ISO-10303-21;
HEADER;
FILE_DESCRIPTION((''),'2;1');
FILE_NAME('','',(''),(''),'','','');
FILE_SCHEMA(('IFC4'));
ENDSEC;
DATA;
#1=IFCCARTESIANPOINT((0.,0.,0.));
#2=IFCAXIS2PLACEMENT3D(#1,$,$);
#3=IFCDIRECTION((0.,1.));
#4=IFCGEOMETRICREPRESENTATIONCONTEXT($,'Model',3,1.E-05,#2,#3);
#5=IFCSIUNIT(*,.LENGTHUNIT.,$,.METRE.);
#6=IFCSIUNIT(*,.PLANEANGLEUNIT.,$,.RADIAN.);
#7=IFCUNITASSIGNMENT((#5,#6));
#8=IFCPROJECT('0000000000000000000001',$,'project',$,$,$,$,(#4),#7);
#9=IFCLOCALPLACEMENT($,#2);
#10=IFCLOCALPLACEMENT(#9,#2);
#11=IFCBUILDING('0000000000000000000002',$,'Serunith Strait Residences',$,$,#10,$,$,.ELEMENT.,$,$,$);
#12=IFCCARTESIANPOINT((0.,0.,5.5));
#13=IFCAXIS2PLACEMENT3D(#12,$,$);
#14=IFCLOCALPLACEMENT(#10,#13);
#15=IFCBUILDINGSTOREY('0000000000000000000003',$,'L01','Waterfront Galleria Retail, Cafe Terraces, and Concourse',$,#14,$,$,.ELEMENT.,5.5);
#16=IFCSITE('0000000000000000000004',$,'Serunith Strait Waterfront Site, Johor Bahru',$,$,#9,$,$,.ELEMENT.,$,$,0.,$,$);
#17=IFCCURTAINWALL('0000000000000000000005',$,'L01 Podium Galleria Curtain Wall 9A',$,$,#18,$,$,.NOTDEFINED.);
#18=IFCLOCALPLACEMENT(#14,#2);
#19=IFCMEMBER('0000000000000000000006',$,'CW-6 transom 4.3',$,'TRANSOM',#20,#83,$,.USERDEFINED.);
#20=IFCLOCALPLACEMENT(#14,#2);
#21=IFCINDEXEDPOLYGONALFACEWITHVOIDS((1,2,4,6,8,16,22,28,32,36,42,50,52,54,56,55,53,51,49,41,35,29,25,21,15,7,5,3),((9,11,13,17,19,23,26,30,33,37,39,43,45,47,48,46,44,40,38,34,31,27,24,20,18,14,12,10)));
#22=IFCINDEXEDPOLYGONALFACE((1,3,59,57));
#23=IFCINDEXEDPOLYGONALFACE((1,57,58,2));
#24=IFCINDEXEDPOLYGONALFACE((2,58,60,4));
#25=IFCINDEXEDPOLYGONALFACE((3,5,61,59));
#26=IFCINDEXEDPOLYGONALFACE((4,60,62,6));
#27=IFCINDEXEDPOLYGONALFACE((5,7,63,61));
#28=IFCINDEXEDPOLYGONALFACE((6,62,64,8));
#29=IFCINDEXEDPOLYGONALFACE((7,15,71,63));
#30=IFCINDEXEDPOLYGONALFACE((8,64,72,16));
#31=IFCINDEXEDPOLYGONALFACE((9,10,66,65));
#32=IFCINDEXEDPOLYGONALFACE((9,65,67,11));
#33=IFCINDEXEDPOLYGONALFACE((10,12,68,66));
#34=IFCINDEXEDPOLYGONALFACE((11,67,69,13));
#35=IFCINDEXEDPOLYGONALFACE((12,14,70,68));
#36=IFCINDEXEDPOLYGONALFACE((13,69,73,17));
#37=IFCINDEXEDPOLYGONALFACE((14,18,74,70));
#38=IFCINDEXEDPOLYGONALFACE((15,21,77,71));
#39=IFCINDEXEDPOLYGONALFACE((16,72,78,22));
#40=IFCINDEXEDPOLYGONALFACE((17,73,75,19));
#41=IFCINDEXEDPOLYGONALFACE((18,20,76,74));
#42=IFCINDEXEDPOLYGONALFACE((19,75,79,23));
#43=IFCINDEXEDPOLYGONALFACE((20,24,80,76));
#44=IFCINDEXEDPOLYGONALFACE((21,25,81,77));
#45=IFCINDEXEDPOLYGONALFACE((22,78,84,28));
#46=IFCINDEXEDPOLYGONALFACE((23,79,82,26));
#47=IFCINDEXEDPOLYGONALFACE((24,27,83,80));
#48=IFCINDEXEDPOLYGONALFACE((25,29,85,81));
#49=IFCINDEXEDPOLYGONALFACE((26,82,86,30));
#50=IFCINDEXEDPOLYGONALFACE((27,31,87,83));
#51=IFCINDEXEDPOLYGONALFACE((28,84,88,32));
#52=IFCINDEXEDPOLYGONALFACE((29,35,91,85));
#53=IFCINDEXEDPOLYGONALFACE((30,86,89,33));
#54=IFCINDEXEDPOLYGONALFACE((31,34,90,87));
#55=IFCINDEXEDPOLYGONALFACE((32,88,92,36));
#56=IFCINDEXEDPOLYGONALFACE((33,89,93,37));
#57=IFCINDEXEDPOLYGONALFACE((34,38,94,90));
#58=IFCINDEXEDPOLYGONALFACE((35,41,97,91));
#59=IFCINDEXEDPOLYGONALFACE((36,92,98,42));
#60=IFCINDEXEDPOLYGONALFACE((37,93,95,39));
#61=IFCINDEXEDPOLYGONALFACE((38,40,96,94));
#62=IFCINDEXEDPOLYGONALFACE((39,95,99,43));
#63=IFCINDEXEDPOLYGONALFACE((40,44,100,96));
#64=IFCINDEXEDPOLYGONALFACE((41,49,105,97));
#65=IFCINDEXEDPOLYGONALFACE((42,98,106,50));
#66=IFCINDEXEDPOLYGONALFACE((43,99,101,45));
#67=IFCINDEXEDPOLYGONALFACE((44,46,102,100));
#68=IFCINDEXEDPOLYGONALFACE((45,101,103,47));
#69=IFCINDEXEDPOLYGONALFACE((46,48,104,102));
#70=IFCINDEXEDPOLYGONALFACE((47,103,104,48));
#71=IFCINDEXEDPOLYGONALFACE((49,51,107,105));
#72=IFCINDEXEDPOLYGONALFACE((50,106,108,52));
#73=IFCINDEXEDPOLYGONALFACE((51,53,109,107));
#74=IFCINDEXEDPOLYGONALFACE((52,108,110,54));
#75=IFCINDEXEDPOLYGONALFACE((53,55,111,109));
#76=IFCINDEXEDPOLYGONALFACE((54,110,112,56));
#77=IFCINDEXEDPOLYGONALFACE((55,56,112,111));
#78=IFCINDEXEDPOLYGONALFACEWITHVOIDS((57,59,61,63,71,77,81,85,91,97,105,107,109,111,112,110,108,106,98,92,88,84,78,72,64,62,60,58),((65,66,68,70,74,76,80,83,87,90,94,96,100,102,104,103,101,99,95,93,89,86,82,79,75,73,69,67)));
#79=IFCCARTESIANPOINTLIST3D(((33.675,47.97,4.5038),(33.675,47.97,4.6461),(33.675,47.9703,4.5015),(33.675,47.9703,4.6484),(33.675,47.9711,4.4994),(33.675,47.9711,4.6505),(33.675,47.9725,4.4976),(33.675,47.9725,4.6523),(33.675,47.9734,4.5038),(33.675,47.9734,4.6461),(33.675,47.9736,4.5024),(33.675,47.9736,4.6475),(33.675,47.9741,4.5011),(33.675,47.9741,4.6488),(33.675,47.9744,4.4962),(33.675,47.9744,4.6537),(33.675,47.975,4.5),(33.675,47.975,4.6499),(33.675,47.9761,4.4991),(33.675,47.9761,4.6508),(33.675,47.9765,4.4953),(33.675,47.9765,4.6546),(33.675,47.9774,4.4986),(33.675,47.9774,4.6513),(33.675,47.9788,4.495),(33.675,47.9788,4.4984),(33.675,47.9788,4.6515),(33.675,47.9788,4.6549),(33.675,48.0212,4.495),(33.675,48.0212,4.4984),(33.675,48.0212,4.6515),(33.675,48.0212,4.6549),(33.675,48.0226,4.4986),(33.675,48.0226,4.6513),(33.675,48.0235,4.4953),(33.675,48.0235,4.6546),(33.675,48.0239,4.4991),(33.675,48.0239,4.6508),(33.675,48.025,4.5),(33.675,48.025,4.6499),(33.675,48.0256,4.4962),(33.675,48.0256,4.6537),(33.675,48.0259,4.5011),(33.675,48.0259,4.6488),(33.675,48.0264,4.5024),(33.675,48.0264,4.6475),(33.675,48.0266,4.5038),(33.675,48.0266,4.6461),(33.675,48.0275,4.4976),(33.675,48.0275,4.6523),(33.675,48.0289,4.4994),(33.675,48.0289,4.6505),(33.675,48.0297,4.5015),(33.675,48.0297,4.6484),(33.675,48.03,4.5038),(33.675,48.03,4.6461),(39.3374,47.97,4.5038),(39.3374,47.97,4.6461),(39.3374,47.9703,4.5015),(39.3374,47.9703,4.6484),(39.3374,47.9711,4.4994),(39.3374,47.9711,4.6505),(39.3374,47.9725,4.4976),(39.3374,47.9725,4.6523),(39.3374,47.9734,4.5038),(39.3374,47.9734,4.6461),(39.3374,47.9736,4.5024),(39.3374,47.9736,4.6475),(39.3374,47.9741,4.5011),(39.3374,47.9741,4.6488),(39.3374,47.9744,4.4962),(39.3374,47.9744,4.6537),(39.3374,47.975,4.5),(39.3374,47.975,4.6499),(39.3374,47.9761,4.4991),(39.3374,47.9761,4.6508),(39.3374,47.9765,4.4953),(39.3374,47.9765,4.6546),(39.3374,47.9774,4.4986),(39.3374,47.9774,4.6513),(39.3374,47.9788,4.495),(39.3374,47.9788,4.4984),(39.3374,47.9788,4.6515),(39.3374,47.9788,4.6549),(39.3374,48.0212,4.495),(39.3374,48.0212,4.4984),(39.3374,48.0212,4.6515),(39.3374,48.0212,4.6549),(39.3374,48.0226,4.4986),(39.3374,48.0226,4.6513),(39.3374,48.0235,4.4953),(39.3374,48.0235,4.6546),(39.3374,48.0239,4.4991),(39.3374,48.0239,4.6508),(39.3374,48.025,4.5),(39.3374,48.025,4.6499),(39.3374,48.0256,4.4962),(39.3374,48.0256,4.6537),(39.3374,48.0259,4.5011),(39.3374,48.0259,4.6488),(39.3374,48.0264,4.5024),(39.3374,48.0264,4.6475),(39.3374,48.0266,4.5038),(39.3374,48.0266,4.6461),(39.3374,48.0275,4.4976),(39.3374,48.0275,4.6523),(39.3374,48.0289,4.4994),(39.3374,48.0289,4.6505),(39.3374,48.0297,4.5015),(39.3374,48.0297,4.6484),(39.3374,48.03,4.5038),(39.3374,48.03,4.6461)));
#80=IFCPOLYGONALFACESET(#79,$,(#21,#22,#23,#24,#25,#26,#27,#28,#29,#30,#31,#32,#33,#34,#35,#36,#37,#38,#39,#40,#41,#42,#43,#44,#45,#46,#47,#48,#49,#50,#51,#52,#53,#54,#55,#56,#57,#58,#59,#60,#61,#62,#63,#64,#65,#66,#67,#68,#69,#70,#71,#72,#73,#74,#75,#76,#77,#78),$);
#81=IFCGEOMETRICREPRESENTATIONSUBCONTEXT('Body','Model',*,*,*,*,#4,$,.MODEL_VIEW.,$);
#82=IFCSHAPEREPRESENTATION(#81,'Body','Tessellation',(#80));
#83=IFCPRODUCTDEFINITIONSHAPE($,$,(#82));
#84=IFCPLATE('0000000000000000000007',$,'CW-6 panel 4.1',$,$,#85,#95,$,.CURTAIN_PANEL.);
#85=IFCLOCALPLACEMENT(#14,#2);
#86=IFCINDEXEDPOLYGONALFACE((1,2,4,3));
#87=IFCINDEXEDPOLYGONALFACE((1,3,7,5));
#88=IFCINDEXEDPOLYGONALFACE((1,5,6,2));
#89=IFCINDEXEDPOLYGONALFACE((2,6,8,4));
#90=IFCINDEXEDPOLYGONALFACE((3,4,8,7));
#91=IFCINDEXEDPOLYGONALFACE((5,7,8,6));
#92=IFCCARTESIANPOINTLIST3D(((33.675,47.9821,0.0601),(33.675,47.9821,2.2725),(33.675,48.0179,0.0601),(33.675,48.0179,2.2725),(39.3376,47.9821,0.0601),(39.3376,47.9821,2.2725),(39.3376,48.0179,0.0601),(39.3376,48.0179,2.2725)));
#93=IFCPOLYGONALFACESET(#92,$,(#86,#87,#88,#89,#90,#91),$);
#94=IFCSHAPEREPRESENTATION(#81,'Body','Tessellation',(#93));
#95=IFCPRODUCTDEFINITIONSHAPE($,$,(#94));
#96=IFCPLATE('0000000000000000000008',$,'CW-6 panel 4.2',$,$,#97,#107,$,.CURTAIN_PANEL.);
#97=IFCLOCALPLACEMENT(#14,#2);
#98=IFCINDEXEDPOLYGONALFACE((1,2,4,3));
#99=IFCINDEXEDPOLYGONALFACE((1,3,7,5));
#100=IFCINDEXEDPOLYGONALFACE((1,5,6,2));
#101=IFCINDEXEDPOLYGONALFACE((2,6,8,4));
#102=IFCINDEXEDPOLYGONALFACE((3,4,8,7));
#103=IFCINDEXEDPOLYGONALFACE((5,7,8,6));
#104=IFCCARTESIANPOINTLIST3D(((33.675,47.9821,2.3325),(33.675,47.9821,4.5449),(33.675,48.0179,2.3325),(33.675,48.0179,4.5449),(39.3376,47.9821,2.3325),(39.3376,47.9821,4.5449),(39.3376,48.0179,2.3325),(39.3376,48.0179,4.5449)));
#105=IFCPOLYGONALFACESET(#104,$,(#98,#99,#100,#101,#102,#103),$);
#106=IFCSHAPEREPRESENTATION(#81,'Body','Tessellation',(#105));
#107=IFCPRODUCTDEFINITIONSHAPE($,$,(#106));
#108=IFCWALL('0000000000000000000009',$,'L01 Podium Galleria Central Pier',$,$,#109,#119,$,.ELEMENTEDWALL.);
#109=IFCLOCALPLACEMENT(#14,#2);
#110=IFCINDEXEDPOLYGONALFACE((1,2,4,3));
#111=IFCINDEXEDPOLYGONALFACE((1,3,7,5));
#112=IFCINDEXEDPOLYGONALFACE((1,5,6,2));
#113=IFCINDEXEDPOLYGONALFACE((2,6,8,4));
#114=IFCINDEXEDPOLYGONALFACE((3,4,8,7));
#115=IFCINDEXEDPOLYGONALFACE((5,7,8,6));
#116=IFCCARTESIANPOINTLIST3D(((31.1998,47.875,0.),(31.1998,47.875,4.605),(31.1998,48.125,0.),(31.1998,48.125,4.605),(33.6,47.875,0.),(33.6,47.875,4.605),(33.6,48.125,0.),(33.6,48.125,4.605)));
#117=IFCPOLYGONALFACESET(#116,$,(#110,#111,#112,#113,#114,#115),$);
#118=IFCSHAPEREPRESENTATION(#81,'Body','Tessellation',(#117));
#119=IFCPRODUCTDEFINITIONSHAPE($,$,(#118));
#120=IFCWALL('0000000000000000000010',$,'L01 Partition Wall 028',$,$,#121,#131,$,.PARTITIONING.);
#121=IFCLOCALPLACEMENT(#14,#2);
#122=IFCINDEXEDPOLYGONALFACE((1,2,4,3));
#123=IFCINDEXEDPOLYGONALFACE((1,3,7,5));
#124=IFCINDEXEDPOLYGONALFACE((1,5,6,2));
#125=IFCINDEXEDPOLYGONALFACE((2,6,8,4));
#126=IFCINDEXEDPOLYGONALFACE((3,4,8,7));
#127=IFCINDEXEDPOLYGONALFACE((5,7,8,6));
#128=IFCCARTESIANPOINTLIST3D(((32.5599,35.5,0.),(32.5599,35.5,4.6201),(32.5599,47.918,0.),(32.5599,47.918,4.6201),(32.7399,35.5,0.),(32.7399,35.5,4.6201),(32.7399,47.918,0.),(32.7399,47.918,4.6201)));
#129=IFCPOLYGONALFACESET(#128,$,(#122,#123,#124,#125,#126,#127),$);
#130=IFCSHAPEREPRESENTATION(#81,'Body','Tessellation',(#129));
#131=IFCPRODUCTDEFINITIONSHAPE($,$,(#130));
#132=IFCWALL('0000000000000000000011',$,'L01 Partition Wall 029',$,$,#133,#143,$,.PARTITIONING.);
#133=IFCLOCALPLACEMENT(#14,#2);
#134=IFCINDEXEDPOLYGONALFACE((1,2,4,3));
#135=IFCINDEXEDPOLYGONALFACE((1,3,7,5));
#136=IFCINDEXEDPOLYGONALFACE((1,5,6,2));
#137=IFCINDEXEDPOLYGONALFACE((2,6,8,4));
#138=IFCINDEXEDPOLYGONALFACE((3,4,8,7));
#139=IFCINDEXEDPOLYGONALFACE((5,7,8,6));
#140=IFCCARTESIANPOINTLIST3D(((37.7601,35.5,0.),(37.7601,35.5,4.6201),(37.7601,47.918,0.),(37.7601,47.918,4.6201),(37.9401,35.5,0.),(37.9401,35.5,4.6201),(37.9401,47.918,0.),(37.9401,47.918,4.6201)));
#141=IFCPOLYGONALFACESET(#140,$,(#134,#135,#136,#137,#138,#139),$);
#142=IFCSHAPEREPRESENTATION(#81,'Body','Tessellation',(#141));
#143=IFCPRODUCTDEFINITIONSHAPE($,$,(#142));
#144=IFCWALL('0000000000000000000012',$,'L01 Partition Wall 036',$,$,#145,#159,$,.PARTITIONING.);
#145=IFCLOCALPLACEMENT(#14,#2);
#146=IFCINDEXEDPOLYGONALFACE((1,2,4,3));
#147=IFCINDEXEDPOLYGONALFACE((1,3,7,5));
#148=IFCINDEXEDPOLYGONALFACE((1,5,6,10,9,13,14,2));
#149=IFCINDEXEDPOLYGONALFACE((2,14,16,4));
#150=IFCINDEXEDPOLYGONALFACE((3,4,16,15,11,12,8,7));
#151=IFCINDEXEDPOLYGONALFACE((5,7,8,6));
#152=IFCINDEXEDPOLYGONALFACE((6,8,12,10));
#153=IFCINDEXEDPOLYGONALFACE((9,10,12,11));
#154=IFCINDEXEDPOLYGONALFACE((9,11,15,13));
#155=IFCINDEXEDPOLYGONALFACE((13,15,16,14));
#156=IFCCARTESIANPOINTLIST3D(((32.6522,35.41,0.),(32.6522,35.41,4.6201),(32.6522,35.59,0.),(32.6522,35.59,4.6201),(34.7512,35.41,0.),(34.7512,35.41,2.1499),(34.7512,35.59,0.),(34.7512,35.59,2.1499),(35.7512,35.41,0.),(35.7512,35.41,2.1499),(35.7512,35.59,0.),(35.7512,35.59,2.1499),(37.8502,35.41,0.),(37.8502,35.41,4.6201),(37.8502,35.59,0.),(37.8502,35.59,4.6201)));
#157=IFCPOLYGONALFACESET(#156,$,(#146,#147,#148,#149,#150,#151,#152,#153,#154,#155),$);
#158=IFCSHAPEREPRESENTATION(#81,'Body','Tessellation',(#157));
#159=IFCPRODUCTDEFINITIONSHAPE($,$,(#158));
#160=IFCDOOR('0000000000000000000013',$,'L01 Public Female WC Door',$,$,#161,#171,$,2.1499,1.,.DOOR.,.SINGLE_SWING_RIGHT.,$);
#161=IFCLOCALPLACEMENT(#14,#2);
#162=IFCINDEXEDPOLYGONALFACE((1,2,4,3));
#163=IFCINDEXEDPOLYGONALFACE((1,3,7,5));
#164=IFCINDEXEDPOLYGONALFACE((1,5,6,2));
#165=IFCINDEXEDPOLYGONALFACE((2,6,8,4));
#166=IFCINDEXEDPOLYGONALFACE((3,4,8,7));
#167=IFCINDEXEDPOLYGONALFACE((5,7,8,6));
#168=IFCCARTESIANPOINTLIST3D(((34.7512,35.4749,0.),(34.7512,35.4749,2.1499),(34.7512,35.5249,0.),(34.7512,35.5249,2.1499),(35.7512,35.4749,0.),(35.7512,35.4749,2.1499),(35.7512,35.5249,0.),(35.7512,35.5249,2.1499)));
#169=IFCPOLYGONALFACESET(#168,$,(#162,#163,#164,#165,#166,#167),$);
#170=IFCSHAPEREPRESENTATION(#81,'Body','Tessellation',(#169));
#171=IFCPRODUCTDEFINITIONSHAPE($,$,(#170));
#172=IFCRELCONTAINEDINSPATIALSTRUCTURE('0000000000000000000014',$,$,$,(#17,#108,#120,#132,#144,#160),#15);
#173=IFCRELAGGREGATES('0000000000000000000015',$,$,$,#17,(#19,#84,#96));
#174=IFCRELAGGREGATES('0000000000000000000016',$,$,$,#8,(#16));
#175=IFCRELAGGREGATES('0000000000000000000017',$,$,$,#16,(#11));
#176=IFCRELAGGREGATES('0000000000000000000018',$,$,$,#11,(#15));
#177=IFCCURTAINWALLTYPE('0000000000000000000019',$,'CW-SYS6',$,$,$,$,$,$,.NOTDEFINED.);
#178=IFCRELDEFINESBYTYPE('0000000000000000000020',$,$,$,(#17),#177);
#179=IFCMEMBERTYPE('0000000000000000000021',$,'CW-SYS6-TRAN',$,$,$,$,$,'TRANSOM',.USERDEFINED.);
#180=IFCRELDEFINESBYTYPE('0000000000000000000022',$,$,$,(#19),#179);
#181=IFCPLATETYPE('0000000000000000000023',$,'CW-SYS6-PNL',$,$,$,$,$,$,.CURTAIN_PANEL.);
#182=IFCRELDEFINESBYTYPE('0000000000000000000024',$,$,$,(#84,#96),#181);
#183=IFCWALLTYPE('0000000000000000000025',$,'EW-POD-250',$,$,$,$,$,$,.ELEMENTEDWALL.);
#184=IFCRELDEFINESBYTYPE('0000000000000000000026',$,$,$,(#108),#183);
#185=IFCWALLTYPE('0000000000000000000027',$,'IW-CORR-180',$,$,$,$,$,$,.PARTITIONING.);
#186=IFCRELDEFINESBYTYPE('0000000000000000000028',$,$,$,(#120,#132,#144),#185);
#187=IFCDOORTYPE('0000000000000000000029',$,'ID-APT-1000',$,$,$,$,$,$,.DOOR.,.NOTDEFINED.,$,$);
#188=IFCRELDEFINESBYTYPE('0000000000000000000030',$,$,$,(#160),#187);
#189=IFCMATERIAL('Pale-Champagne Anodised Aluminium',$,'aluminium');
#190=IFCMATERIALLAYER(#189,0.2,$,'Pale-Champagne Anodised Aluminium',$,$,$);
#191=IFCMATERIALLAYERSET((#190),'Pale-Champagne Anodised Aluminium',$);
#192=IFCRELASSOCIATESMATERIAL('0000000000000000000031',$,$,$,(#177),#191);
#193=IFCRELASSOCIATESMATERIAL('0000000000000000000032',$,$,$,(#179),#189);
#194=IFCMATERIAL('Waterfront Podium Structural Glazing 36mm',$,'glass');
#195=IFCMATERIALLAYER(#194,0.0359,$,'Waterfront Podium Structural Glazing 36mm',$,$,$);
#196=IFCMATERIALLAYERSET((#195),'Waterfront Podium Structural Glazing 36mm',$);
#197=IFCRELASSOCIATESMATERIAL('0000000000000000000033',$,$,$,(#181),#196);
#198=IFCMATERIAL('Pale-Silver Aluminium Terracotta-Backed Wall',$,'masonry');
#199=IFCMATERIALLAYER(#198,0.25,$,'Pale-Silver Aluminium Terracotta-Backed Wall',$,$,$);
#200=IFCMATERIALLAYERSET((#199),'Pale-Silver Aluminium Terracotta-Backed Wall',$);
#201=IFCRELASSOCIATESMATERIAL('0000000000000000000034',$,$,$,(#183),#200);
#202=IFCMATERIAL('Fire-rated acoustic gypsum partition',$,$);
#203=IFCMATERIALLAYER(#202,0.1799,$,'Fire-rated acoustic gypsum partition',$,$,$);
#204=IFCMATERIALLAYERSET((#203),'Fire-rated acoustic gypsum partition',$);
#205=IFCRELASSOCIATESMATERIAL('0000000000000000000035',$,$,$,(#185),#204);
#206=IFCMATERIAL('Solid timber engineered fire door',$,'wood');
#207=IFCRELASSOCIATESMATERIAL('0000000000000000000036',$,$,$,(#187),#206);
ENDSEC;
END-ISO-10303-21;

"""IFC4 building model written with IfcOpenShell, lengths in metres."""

from ifc_helpers import new_model, si_unit, direction, frame, frame_2d, origin, origin_2d, place, context, subcontext, project, spatial, rectangle, hollow_rectangle, extrude, source, transform, mapped, material, layer, layer_set, material_profile, profile_set, type_object, element, fill, aggregate, save


model = new_model("IFC4")

# Units and contexts
model_context = context("Model", 3, precision=1e-05, world=origin(), true_north=direction((0.0, 1.0)))
body_context = subcontext(model_context, "Body", "Model", "MODEL_VIEW")
ifc_project = project(units=[si_unit("LENGTHUNIT", "METRE"), si_unit("PLANEANGLEUNIT", "RADIAN")], contexts=[model_context])

# Site, building, storey
site_placement = place(None, origin())
site = spatial("IfcSite", under=ifc_project, at=site_placement, Name="Serunith Strait Waterfront Site, Johor Bahru", CompositionType="ELEMENT", RefElevation=0.0)
building_placement = place(site_placement, origin())
building = spatial("IfcBuilding", under=site, at=building_placement, Name="Serunith Strait Residences", CompositionType="ELEMENT")
storey_placement = place(building_placement, frame((0.0, 0.0, 5.5)))
storey = spatial("IfcBuildingStorey", under=building, at=storey_placement, Name="L01", Description="Waterfront Galleria Retail, Cafe Terraces, and Concourse", CompositionType="ELEMENT", Elevation=5.5)

# Curtain wall
ifc_material_1 = material(Name="Pale-Champagne Anodised Aluminium", Category="aluminium")
ifc_layer_1 = layer(ifc_material_1, 0.2, Name="Pale-Champagne Anodised Aluminium")
ifc_layer_set_1 = layer_set([ifc_layer_1], Name="Pale-Champagne Anodised Aluminium")
curtain_wall_type = type_object("IfcCurtainWallType", Name="CW-SYS6", PredefinedType="NOTDEFINED", material=ifc_layer_set_1)
curtain_wall_1_placement = place(storey_placement, origin())
curtain_wall_1 = element("IfcCurtainWall", 1, at=curtain_wall_1_placement, inside=storey, type_object=curtain_wall_type, Name="L01 Podium Galleria Curtain Wall 9A", PredefinedType="NOTDEFINED")

# Shared definitions
ifc_material_profile_1 = material_profile(ifc_material_1, hollow_rectangle(XDim=0.0601, YDim=0.1599, WallThickness=0.0034, InnerFilletRadius=0.0054, OuterFilletRadius=0.0088, at=origin_2d()), Name="ALU 160x60x3.5")
ifc_profile_set_1 = profile_set([ifc_material_profile_1], Name="Pale-Champagne Anodised Aluminium")
member_type_1 = type_object("IfcMemberType", Name="CW-SYS6-TRAN", ElementType="TRANSOM", PredefinedType="USERDEFINED", material=ifc_profile_set_1)

# Member
shared_shape_1 = source(origin(), body_context, "Body", "SweptSolid", [
    extrude(hollow_rectangle(XDim=0.0601, YDim=0.1599, WallThickness=0.0034, InnerFilletRadius=0.0054, OuterFilletRadius=0.0088, at=origin_2d()), origin(), (0.0, 0.0, 1.0), 5.6624),
])
member_1_placement = place(storey_placement, frame((39.3374, 48.0, 4.575), z_axis=(-1.0, 0.0, 0.0), x_axis=(0.0, -1.0, 0.0)))
member_1 = element("IfcMember", 2, at=member_1_placement, type_object=member_type_1, Name="CW-6 transom 4.3", ObjectType="TRANSOM", PredefinedType="USERDEFINED", context=body_context, shape_type="MappedRepresentation", body=[
    mapped(shared_shape_1, transform((0.0, 0.0, 0.0), scale=1.0)),
])

# Plates
ifc_material_2 = material(Name="Waterfront Podium Structural Glazing 36mm", Category="glass")
ifc_layer_2 = layer(ifc_material_2, 0.0359, Name="Waterfront Podium Structural Glazing 36mm")
ifc_layer_set_2 = layer_set([ifc_layer_2], Name="Waterfront Podium Structural Glazing 36mm")
plate_type = type_object("IfcPlateType", Name="CW-SYS6-PNL", PredefinedType="CURTAIN_PANEL", material=ifc_layer_set_2)
shared_shape_2 = source(origin(), body_context, "Body", "SweptSolid", [
    extrude(rectangle(XDim=5.6626, YDim=0.0359, at=origin_2d()), origin(), (0.0, 0.0, 1.0), 2.2124),
])
plate_1_placement = place(storey_placement, frame((36.5063, 48.0, 0.0601), z_axis=(0.0, 0.0, 1.0), x_axis=(-1.0, 0.0, 0.0)))
plate_1 = element("IfcPlate", 3, at=plate_1_placement, type_object=plate_type, Name="CW-6 panel 4.1", PredefinedType="CURTAIN_PANEL", context=body_context, shape_type="MappedRepresentation", body=[
    mapped(shared_shape_2, transform((0.0, 0.0, 0.0), scale=1.0)),
])
plate_2_placement = place(storey_placement, frame((36.5063, 48.0, 2.3325), z_axis=(0.0, 0.0, 1.0), x_axis=(-1.0, 0.0, 0.0)))
plate_2 = element("IfcPlate", 4, at=plate_2_placement, type_object=plate_type, Name="CW-6 panel 4.2", PredefinedType="CURTAIN_PANEL", context=body_context, shape_type="MappedRepresentation", body=[
    mapped(shared_shape_2, transform((0.0, 0.0, 0.0), scale=1.0)),
])
aggregate(curtain_wall_1, [member_1, plate_1, plate_2])

# Walls
ifc_material_3 = material(Name="Pale-Silver Aluminium Terracotta-Backed Wall", Category="masonry")
ifc_layer_3 = layer(ifc_material_3, 0.25, Name="Pale-Silver Aluminium Terracotta-Backed Wall")
ifc_layer_set_3 = layer_set([ifc_layer_3], Name="Pale-Silver Aluminium Terracotta-Backed Wall")
wall_type_1 = type_object("IfcWallType", Name="EW-POD-250", PredefinedType="ELEMENTEDWALL", material=ifc_layer_set_3)
wall_1_placement = place(storey_placement, frame((33.6001, 48.0, 0.0), z_axis=(0.0, 0.0, 1.0), x_axis=(-1.0, 0.0, 0.0)))
element("IfcWall", 5, at=wall_1_placement, inside=storey, type_object=wall_type_1, Name="L01 Podium Galleria Central Pier", PredefinedType="ELEMENTEDWALL", context=body_context, shape_type="SweptSolid", body=[
    extrude(rectangle(XDim=2.4001, YDim=0.25, at=frame_2d((1.2002, 0.0))), origin(), (0.0, 0.0, 1.0), 4.605),
])
ifc_material_4 = material(Name="Fire-rated acoustic gypsum partition")
ifc_layer_4 = layer(ifc_material_4, 0.1799, Name="Fire-rated acoustic gypsum partition")
ifc_layer_set_4 = layer_set([ifc_layer_4], Name="Fire-rated acoustic gypsum partition")
wall_type_2 = type_object("IfcWallType", Name="IW-CORR-180", PredefinedType="PARTITIONING", material=ifc_layer_set_4)
for number, where, z_axis, x_axis, name in (
    (6, (32.6499, 35.5, 0.0), (0.0, 0.0, 1.0), (0.0, 1.0, 0.0), "L01 Partition Wall 028"),
    (7, (37.8501, 35.5, 0.0), (0.0, 0.0, 1.0), (0.0, 1.0, 0.0), "L01 Partition Wall 029"),
):
    element("IfcWall", number, at=place(storey_placement, frame(where, z_axis=z_axis, x_axis=x_axis)), inside=storey, type_object=wall_type_2, Name=name, PredefinedType="PARTITIONING", context=body_context, shape_type="SweptSolid", body=[
        extrude(rectangle(XDim=12.418, YDim=0.1799, at=frame_2d((6.209, 0.0))), origin(), (0.0, 0.0, 1.0), 4.6201),
    ])

# Wall, opening, door
wall_2_placement = place(storey_placement, frame((32.6521, 35.5, 0.0), z_axis=(0.0, 0.0, 1.0), x_axis=(1.0, 0.0, 0.0)))
wall_2 = element("IfcWall", 8, at=wall_2_placement, inside=storey, type_object=wall_type_2, Name="L01 Partition Wall 036", PredefinedType="PARTITIONING", context=body_context, shape_type="SweptSolid", body=[
    extrude(rectangle(XDim=5.198, YDim=0.1799, at=frame_2d((2.5991, 0.0))), origin(), (0.0, 0.0, 1.0), 4.6201),
])
opening_1_placement = place(wall_2_placement, frame((2.0991, 0.0, 0.0)))
opening_1 = element("IfcOpeningElement", 9, at=opening_1_placement, cuts=wall_2, PredefinedType="OPENING", context=body_context, shape_type="SweptSolid", body=[
    extrude(rectangle(XDim=1.0, YDim=2.1499, at=frame_2d((0.5, 1.075))), frame((0.0, 0.1001, 0.0), z_axis=(0.0, -1.0, 0.0), x_axis=(1.0, 0.0, 0.0)), (0.0, 0.0, 1.0), 0.2),
])
ifc_material_5 = material(Name="Solid timber engineered fire door", Category="wood")
door_type_1 = type_object("IfcDoorType", Name="ID-APT-1000", OperationType="NOTDEFINED", PredefinedType="DOOR", material=ifc_material_5)
shared_shape_3 = source(origin(), body_context, "Body", "SweptSolid", [
    extrude(rectangle(XDim=1.0, YDim=2.1499, at=frame_2d((0.5, 1.075))), frame((0.0, 0.0249, 0.0), z_axis=(0.0, -1.0, 0.0), x_axis=(1.0, 0.0, 0.0)), (0.0, 0.0, 1.0), 0.05),
])
door_1_placement = place(opening_1_placement, origin())
door_1 = element("IfcDoor", 10, at=door_1_placement, inside=storey, type_object=door_type_1, Name="L01 Public Female WC Door", OperationType="SINGLE_SWING_RIGHT", OverallHeight=2.1499, OverallWidth=1.0, PredefinedType="DOOR", context=body_context, shape_type="MappedRepresentation", body=[
    mapped(shared_shape_3, transform((0.0, 0.0, 0.0), scale=1.0)),
])
fill(opening_1, door_1)

save(model, "model.ifc")
